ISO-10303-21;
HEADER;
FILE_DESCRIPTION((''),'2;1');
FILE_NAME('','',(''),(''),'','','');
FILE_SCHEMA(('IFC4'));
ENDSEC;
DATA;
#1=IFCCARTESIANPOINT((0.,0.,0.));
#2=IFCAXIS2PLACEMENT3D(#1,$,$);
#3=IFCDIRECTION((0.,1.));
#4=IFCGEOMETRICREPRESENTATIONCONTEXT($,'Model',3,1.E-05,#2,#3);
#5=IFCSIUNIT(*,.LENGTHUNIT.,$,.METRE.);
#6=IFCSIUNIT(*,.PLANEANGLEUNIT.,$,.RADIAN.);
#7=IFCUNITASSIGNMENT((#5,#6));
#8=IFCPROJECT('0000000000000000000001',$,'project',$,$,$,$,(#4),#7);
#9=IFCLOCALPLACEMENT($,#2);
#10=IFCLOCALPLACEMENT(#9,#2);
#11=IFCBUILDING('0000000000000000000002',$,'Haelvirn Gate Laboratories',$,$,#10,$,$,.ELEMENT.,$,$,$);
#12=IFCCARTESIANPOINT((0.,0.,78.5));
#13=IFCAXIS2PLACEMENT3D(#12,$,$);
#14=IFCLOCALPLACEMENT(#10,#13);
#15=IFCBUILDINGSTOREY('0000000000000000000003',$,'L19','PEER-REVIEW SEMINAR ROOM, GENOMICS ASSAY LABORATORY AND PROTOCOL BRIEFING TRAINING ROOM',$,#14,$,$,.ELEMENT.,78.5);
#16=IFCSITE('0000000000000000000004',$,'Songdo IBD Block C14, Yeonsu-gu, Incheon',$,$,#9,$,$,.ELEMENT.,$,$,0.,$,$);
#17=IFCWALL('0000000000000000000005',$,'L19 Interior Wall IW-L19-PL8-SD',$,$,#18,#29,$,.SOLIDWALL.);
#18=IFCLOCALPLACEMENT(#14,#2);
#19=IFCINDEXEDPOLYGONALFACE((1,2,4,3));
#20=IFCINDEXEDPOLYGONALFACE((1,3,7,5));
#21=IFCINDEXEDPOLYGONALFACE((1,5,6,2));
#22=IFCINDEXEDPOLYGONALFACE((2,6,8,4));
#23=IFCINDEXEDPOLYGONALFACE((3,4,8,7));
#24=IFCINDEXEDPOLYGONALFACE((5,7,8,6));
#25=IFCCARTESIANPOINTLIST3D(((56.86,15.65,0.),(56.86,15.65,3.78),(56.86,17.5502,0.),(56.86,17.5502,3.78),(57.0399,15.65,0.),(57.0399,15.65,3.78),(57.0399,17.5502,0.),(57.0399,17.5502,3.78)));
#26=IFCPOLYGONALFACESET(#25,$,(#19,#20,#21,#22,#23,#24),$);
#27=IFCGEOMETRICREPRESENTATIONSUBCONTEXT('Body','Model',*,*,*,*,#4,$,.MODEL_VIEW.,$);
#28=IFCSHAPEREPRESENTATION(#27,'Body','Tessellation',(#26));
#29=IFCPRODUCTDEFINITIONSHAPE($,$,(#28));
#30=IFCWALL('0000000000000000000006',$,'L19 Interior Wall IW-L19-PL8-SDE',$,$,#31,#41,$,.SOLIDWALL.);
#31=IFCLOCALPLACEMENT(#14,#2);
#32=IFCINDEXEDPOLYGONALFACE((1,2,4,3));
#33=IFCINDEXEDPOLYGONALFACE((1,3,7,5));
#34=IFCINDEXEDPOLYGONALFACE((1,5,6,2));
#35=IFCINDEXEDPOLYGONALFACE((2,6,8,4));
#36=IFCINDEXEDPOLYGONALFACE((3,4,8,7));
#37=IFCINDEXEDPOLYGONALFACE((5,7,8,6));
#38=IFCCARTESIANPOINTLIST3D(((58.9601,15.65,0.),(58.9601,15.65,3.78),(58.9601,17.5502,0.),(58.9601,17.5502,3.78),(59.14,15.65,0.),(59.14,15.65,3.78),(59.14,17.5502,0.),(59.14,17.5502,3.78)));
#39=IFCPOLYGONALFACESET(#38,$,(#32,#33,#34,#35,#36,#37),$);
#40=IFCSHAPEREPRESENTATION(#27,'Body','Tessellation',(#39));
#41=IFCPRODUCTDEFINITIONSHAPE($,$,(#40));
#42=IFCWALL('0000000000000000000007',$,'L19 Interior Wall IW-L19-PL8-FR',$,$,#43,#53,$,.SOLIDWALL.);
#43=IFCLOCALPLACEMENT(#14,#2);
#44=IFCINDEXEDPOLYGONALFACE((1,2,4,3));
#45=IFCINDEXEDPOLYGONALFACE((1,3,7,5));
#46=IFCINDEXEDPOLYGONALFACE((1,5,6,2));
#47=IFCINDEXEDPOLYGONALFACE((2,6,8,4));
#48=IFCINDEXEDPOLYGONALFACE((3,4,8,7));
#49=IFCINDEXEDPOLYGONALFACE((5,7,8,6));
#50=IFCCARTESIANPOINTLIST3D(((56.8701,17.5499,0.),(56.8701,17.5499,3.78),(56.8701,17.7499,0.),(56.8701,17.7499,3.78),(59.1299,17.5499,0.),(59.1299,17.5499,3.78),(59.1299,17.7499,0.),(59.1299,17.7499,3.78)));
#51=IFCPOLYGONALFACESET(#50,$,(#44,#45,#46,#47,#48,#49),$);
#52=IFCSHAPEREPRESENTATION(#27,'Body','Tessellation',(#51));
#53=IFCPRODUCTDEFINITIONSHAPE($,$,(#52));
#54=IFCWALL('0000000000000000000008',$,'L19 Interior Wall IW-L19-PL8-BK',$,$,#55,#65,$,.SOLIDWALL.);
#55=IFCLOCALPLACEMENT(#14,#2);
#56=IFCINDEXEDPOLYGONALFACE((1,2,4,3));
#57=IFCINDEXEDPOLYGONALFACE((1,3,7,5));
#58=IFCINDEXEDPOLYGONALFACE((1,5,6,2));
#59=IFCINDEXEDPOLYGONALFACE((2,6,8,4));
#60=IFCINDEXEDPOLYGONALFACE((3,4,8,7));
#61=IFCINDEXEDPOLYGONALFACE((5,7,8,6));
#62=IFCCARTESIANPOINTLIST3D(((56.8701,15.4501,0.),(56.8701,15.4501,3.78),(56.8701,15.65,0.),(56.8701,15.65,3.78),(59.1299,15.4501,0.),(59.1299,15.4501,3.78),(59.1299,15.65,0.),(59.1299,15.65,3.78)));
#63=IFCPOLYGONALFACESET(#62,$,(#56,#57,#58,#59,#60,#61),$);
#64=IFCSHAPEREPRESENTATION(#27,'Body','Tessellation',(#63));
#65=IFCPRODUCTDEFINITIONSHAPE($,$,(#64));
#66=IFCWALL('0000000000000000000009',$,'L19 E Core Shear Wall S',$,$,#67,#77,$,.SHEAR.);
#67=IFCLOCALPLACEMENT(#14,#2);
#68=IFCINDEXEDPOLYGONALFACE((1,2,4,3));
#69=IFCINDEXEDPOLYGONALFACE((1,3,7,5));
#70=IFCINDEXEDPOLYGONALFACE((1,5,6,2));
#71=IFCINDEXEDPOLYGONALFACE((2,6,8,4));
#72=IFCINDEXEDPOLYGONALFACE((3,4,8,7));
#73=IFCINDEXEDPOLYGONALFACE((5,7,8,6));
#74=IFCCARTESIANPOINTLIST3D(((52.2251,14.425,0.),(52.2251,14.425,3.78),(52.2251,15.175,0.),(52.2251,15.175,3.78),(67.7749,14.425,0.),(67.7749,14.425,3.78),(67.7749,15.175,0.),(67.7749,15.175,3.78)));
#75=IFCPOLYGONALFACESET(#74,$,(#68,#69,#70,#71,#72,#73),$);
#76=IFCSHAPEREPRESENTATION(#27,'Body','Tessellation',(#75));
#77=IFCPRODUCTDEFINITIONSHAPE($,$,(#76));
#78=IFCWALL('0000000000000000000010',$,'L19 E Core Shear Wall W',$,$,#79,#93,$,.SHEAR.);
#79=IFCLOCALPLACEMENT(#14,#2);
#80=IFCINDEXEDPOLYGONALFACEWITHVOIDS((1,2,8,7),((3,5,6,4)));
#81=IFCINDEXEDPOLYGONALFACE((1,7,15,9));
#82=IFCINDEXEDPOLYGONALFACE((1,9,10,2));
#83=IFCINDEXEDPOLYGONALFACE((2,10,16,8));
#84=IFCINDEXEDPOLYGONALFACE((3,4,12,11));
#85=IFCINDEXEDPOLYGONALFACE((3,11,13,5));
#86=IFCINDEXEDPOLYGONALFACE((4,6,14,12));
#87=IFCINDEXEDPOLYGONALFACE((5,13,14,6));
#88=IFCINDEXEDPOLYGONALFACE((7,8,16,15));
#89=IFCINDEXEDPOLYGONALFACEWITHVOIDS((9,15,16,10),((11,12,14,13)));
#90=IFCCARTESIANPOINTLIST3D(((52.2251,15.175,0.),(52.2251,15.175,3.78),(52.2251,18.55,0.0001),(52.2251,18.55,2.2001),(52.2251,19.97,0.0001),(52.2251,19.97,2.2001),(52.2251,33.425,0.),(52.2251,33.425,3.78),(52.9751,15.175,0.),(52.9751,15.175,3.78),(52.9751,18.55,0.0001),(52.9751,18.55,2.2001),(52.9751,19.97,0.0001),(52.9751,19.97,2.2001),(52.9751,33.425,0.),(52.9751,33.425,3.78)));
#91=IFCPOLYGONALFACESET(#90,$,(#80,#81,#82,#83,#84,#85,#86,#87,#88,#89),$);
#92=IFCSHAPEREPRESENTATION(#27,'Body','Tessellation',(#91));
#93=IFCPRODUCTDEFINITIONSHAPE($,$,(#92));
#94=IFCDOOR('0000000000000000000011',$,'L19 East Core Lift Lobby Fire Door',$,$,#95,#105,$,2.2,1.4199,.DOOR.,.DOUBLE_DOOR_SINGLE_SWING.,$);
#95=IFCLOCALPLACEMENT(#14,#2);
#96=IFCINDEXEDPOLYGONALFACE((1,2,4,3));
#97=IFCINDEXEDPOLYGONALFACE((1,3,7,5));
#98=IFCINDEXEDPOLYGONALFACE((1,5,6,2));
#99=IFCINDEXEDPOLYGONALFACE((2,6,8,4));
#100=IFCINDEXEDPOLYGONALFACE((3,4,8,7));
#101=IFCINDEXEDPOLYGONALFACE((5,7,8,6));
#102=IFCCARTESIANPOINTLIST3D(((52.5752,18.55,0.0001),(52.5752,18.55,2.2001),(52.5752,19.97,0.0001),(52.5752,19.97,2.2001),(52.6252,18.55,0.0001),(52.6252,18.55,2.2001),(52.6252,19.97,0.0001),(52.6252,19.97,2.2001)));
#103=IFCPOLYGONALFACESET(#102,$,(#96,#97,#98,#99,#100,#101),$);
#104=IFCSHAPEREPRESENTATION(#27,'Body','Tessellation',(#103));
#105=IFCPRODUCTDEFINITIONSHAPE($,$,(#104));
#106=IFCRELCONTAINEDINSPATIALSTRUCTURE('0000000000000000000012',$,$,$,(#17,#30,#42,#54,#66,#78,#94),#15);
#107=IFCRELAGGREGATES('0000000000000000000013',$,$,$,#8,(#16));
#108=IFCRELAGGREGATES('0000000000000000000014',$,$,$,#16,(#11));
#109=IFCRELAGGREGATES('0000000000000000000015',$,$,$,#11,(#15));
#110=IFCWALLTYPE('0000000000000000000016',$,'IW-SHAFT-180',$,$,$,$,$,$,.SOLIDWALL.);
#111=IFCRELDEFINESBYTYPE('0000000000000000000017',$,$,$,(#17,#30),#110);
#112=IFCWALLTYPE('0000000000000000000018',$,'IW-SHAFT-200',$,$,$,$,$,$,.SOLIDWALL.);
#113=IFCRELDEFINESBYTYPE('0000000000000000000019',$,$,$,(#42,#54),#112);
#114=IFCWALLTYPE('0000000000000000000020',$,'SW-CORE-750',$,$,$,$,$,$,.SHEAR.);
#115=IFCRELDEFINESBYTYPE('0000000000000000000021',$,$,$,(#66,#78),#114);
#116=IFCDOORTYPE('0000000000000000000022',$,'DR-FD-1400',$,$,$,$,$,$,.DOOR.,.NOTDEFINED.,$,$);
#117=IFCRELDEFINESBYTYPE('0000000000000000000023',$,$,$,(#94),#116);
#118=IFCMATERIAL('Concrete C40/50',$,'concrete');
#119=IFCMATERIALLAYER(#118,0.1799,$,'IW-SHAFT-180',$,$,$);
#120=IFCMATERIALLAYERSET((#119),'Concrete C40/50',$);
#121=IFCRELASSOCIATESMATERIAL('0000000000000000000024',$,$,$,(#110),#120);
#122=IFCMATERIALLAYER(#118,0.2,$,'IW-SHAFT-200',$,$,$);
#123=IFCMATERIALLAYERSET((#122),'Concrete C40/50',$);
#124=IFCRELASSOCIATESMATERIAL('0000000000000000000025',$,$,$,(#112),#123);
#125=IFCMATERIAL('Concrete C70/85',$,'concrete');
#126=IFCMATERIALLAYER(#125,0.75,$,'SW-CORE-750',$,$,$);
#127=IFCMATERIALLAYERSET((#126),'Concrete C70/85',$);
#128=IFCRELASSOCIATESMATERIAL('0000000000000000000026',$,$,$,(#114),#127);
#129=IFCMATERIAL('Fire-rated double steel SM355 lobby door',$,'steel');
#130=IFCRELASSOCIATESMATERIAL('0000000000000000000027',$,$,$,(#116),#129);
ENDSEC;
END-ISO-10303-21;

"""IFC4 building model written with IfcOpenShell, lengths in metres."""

from ifc_helpers import new_model, si_unit, direction, frame, frame_2d, origin, place, context, subcontext, project, spatial, rectangle, extrude, source, transform, mapped, material, layer, layer_set, type_object, type_shapes, element, fill, save


model = new_model("IFC4")

# Units and contexts
model_context = context("Model", 3, precision=1e-05, world=origin(), true_north=direction((0.0, 1.0)))
body_context = subcontext(model_context, "Body", "Model", "MODEL_VIEW")
ifc_project = project(units=[si_unit("LENGTHUNIT", "METRE"), si_unit("PLANEANGLEUNIT", "RADIAN")], contexts=[model_context])

# Site, building, storey
site_placement = place(None, origin())
site = spatial("IfcSite", under=ifc_project, at=site_placement, Name="Songdo IBD Block C14, Yeonsu-gu, Incheon", CompositionType="ELEMENT", RefElevation=0.0)
building_placement = place(site_placement, origin())
building = spatial("IfcBuilding", under=site, at=building_placement, Name="Haelvirn Gate Laboratories", CompositionType="ELEMENT")
storey_placement = place(building_placement, frame((0.0, 0.0, 78.5)))
storey = spatial("IfcBuildingStorey", under=building, at=storey_placement, Name="L19", Description="PEER-REVIEW SEMINAR ROOM, GENOMICS ASSAY LABORATORY AND PROTOCOL BRIEFING TRAINING ROOM", CompositionType="ELEMENT", Elevation=78.5)

# Shared definitions
ifc_material_1 = material(Name="Concrete C70/85", Category="concrete")

# Walls
ifc_material_2 = material(Name="Concrete C40/50", Category="concrete")
ifc_layer_1 = layer(ifc_material_2, 0.1799, Name="IW-SHAFT-180")
ifc_layer_set_1 = layer_set([ifc_layer_1], Name="Concrete C40/50")
wall_type_1 = type_object("IfcWallType", Name="IW-SHAFT-180", PredefinedType="SOLIDWALL", material=ifc_layer_set_1)
for number, where, z_axis, x_axis, name in (
    (1, (56.95, 15.6499, 0.0), (0.0, 0.0, 1.0), (0.0, 1.0, 0.0), "L19 Interior Wall IW-L19-PL8-SD"),
    (2, (59.05, 15.6499, 0.0), (0.0, 0.0, 1.0), (0.0, 1.0, 0.0), "L19 Interior Wall IW-L19-PL8-SDE"),
):
    element("IfcWall", number, at=place(storey_placement, frame(where, z_axis=z_axis, x_axis=x_axis)), inside=storey, type_object=wall_type_1, Name=name, PredefinedType="SOLIDWALL", context=body_context, shape_type="SweptSolid", body=[
        extrude(rectangle(XDim=1.9001, YDim=0.1799, at=frame_2d((0.9502, 0.0))), origin(), (0.0, 0.0, 1.0), 3.78),
    ])
ifc_layer_2 = layer(ifc_material_2, 0.2, Name="IW-SHAFT-200")
ifc_layer_set_2 = layer_set([ifc_layer_2], Name="Concrete C40/50")
wall_type_2 = type_object("IfcWallType", Name="IW-SHAFT-200", PredefinedType="SOLIDWALL", material=ifc_layer_set_2)
for number, where, z_axis, x_axis, name in (
    (3, (56.8701, 17.6499, 0.0), (0.0, 0.0, 1.0), (1.0, 0.0, 0.0), "L19 Interior Wall IW-L19-PL8-FR"),
    (4, (56.8701, 15.55, 0.0), (0.0, 0.0, 1.0), (1.0, 0.0, 0.0), "L19 Interior Wall IW-L19-PL8-BK"),
):
    element("IfcWall", number, at=place(storey_placement, frame(where, z_axis=z_axis, x_axis=x_axis)), inside=storey, type_object=wall_type_2, Name=name, PredefinedType="SOLIDWALL", context=body_context, shape_type="SweptSolid", body=[
        extrude(rectangle(XDim=2.2598, YDim=0.2, at=frame_2d((1.1299, 0.0))), origin(), (0.0, 0.0, 1.0), 3.78),
    ])
ifc_layer_3 = layer(ifc_material_1, 0.75, Name="SW-CORE-750")
ifc_layer_set_3 = layer_set([ifc_layer_3], Name="Concrete C70/85")
wall_type_3 = type_object("IfcWallType", Name="SW-CORE-750", PredefinedType="SHEAR", material=ifc_layer_set_3)
wall_1_placement = place(storey_placement, frame((52.2251, 14.8, 0.0), z_axis=(0.0, 0.0, 1.0), x_axis=(1.0, 0.0, 0.0)))
element("IfcWall", 5, at=wall_1_placement, inside=storey, type_object=wall_type_3, Name="L19 E Core Shear Wall S", PredefinedType="SHEAR", context=body_context, shape_type="SweptSolid", body=[
    extrude(rectangle(XDim=15.5498, YDim=0.75, at=frame_2d((7.7749, 0.0))), origin(), (0.0, 0.0, 1.0), 3.78),
])

# Wall, opening, door
wall_2_placement = place(storey_placement, frame((52.6001, 15.175, 0.0), z_axis=(0.0, 0.0, 1.0), x_axis=(0.0, 1.0, 0.0)))
wall_2 = element("IfcWall", 6, at=wall_2_placement, inside=storey, type_object=wall_type_3, Name="L19 E Core Shear Wall W", PredefinedType="SHEAR", context=body_context, shape_type="SweptSolid", body=[
    extrude(rectangle(XDim=18.25, YDim=0.75, at=frame_2d((9.125, 0.0))), origin(), (0.0, 0.0, 1.0), 3.78),
])
opening_1_placement = place(wall_2_placement, frame((3.375, 0.0, 0.0)))
opening_1 = element("IfcOpeningElement", 7, at=opening_1_placement, cuts=wall_2, PredefinedType="OPENING", context=body_context, shape_type="SweptSolid", body=[
    extrude(rectangle(XDim=1.4199, YDim=2.2, at=frame_2d((0.71, 1.1001))), frame((0.0, 0.385, 0.0), z_axis=(0.0, -1.0, 0.0), x_axis=(1.0, 0.0, 0.0)), (0.0, 0.0, 1.0), 0.77),
])
ifc_material_3 = material(Name="Fire-rated double steel SM355 lobby door", Category="steel")
door_type_1 = type_object("IfcDoorType", Name="DR-FD-1400", OperationType="NOTDEFINED", PredefinedType="DOOR", material=ifc_material_3)
shared_shape_1 = source(origin(), body_context, "Body", "SweptSolid", [
    extrude(rectangle(XDim=1.4199, YDim=2.2, at=frame_2d((0.71, 1.1001))), frame((0.0, 0.0249, 0.0), z_axis=(0.0, -1.0, 0.0), x_axis=(1.0, 0.0, 0.0)), (0.0, 0.0, 1.0), 0.05),
])
type_shapes(door_type_1, [shared_shape_1])
door_1_placement = place(opening_1_placement, origin())
door_1 = element("IfcDoor", 8, at=door_1_placement, inside=storey, type_object=door_type_1, Name="L19 East Core Lift Lobby Fire Door", OperationType="DOUBLE_DOOR_SINGLE_SWING", OverallHeight=2.2, OverallWidth=1.4199, PredefinedType="DOOR", context=body_context, shape_type="MappedRepresentation", body=[
    mapped(shared_shape_1, transform((0.0, 0.0, 0.0), scale=1.0)),
])
fill(opening_1, door_1)

save(model, "model.ifc")
